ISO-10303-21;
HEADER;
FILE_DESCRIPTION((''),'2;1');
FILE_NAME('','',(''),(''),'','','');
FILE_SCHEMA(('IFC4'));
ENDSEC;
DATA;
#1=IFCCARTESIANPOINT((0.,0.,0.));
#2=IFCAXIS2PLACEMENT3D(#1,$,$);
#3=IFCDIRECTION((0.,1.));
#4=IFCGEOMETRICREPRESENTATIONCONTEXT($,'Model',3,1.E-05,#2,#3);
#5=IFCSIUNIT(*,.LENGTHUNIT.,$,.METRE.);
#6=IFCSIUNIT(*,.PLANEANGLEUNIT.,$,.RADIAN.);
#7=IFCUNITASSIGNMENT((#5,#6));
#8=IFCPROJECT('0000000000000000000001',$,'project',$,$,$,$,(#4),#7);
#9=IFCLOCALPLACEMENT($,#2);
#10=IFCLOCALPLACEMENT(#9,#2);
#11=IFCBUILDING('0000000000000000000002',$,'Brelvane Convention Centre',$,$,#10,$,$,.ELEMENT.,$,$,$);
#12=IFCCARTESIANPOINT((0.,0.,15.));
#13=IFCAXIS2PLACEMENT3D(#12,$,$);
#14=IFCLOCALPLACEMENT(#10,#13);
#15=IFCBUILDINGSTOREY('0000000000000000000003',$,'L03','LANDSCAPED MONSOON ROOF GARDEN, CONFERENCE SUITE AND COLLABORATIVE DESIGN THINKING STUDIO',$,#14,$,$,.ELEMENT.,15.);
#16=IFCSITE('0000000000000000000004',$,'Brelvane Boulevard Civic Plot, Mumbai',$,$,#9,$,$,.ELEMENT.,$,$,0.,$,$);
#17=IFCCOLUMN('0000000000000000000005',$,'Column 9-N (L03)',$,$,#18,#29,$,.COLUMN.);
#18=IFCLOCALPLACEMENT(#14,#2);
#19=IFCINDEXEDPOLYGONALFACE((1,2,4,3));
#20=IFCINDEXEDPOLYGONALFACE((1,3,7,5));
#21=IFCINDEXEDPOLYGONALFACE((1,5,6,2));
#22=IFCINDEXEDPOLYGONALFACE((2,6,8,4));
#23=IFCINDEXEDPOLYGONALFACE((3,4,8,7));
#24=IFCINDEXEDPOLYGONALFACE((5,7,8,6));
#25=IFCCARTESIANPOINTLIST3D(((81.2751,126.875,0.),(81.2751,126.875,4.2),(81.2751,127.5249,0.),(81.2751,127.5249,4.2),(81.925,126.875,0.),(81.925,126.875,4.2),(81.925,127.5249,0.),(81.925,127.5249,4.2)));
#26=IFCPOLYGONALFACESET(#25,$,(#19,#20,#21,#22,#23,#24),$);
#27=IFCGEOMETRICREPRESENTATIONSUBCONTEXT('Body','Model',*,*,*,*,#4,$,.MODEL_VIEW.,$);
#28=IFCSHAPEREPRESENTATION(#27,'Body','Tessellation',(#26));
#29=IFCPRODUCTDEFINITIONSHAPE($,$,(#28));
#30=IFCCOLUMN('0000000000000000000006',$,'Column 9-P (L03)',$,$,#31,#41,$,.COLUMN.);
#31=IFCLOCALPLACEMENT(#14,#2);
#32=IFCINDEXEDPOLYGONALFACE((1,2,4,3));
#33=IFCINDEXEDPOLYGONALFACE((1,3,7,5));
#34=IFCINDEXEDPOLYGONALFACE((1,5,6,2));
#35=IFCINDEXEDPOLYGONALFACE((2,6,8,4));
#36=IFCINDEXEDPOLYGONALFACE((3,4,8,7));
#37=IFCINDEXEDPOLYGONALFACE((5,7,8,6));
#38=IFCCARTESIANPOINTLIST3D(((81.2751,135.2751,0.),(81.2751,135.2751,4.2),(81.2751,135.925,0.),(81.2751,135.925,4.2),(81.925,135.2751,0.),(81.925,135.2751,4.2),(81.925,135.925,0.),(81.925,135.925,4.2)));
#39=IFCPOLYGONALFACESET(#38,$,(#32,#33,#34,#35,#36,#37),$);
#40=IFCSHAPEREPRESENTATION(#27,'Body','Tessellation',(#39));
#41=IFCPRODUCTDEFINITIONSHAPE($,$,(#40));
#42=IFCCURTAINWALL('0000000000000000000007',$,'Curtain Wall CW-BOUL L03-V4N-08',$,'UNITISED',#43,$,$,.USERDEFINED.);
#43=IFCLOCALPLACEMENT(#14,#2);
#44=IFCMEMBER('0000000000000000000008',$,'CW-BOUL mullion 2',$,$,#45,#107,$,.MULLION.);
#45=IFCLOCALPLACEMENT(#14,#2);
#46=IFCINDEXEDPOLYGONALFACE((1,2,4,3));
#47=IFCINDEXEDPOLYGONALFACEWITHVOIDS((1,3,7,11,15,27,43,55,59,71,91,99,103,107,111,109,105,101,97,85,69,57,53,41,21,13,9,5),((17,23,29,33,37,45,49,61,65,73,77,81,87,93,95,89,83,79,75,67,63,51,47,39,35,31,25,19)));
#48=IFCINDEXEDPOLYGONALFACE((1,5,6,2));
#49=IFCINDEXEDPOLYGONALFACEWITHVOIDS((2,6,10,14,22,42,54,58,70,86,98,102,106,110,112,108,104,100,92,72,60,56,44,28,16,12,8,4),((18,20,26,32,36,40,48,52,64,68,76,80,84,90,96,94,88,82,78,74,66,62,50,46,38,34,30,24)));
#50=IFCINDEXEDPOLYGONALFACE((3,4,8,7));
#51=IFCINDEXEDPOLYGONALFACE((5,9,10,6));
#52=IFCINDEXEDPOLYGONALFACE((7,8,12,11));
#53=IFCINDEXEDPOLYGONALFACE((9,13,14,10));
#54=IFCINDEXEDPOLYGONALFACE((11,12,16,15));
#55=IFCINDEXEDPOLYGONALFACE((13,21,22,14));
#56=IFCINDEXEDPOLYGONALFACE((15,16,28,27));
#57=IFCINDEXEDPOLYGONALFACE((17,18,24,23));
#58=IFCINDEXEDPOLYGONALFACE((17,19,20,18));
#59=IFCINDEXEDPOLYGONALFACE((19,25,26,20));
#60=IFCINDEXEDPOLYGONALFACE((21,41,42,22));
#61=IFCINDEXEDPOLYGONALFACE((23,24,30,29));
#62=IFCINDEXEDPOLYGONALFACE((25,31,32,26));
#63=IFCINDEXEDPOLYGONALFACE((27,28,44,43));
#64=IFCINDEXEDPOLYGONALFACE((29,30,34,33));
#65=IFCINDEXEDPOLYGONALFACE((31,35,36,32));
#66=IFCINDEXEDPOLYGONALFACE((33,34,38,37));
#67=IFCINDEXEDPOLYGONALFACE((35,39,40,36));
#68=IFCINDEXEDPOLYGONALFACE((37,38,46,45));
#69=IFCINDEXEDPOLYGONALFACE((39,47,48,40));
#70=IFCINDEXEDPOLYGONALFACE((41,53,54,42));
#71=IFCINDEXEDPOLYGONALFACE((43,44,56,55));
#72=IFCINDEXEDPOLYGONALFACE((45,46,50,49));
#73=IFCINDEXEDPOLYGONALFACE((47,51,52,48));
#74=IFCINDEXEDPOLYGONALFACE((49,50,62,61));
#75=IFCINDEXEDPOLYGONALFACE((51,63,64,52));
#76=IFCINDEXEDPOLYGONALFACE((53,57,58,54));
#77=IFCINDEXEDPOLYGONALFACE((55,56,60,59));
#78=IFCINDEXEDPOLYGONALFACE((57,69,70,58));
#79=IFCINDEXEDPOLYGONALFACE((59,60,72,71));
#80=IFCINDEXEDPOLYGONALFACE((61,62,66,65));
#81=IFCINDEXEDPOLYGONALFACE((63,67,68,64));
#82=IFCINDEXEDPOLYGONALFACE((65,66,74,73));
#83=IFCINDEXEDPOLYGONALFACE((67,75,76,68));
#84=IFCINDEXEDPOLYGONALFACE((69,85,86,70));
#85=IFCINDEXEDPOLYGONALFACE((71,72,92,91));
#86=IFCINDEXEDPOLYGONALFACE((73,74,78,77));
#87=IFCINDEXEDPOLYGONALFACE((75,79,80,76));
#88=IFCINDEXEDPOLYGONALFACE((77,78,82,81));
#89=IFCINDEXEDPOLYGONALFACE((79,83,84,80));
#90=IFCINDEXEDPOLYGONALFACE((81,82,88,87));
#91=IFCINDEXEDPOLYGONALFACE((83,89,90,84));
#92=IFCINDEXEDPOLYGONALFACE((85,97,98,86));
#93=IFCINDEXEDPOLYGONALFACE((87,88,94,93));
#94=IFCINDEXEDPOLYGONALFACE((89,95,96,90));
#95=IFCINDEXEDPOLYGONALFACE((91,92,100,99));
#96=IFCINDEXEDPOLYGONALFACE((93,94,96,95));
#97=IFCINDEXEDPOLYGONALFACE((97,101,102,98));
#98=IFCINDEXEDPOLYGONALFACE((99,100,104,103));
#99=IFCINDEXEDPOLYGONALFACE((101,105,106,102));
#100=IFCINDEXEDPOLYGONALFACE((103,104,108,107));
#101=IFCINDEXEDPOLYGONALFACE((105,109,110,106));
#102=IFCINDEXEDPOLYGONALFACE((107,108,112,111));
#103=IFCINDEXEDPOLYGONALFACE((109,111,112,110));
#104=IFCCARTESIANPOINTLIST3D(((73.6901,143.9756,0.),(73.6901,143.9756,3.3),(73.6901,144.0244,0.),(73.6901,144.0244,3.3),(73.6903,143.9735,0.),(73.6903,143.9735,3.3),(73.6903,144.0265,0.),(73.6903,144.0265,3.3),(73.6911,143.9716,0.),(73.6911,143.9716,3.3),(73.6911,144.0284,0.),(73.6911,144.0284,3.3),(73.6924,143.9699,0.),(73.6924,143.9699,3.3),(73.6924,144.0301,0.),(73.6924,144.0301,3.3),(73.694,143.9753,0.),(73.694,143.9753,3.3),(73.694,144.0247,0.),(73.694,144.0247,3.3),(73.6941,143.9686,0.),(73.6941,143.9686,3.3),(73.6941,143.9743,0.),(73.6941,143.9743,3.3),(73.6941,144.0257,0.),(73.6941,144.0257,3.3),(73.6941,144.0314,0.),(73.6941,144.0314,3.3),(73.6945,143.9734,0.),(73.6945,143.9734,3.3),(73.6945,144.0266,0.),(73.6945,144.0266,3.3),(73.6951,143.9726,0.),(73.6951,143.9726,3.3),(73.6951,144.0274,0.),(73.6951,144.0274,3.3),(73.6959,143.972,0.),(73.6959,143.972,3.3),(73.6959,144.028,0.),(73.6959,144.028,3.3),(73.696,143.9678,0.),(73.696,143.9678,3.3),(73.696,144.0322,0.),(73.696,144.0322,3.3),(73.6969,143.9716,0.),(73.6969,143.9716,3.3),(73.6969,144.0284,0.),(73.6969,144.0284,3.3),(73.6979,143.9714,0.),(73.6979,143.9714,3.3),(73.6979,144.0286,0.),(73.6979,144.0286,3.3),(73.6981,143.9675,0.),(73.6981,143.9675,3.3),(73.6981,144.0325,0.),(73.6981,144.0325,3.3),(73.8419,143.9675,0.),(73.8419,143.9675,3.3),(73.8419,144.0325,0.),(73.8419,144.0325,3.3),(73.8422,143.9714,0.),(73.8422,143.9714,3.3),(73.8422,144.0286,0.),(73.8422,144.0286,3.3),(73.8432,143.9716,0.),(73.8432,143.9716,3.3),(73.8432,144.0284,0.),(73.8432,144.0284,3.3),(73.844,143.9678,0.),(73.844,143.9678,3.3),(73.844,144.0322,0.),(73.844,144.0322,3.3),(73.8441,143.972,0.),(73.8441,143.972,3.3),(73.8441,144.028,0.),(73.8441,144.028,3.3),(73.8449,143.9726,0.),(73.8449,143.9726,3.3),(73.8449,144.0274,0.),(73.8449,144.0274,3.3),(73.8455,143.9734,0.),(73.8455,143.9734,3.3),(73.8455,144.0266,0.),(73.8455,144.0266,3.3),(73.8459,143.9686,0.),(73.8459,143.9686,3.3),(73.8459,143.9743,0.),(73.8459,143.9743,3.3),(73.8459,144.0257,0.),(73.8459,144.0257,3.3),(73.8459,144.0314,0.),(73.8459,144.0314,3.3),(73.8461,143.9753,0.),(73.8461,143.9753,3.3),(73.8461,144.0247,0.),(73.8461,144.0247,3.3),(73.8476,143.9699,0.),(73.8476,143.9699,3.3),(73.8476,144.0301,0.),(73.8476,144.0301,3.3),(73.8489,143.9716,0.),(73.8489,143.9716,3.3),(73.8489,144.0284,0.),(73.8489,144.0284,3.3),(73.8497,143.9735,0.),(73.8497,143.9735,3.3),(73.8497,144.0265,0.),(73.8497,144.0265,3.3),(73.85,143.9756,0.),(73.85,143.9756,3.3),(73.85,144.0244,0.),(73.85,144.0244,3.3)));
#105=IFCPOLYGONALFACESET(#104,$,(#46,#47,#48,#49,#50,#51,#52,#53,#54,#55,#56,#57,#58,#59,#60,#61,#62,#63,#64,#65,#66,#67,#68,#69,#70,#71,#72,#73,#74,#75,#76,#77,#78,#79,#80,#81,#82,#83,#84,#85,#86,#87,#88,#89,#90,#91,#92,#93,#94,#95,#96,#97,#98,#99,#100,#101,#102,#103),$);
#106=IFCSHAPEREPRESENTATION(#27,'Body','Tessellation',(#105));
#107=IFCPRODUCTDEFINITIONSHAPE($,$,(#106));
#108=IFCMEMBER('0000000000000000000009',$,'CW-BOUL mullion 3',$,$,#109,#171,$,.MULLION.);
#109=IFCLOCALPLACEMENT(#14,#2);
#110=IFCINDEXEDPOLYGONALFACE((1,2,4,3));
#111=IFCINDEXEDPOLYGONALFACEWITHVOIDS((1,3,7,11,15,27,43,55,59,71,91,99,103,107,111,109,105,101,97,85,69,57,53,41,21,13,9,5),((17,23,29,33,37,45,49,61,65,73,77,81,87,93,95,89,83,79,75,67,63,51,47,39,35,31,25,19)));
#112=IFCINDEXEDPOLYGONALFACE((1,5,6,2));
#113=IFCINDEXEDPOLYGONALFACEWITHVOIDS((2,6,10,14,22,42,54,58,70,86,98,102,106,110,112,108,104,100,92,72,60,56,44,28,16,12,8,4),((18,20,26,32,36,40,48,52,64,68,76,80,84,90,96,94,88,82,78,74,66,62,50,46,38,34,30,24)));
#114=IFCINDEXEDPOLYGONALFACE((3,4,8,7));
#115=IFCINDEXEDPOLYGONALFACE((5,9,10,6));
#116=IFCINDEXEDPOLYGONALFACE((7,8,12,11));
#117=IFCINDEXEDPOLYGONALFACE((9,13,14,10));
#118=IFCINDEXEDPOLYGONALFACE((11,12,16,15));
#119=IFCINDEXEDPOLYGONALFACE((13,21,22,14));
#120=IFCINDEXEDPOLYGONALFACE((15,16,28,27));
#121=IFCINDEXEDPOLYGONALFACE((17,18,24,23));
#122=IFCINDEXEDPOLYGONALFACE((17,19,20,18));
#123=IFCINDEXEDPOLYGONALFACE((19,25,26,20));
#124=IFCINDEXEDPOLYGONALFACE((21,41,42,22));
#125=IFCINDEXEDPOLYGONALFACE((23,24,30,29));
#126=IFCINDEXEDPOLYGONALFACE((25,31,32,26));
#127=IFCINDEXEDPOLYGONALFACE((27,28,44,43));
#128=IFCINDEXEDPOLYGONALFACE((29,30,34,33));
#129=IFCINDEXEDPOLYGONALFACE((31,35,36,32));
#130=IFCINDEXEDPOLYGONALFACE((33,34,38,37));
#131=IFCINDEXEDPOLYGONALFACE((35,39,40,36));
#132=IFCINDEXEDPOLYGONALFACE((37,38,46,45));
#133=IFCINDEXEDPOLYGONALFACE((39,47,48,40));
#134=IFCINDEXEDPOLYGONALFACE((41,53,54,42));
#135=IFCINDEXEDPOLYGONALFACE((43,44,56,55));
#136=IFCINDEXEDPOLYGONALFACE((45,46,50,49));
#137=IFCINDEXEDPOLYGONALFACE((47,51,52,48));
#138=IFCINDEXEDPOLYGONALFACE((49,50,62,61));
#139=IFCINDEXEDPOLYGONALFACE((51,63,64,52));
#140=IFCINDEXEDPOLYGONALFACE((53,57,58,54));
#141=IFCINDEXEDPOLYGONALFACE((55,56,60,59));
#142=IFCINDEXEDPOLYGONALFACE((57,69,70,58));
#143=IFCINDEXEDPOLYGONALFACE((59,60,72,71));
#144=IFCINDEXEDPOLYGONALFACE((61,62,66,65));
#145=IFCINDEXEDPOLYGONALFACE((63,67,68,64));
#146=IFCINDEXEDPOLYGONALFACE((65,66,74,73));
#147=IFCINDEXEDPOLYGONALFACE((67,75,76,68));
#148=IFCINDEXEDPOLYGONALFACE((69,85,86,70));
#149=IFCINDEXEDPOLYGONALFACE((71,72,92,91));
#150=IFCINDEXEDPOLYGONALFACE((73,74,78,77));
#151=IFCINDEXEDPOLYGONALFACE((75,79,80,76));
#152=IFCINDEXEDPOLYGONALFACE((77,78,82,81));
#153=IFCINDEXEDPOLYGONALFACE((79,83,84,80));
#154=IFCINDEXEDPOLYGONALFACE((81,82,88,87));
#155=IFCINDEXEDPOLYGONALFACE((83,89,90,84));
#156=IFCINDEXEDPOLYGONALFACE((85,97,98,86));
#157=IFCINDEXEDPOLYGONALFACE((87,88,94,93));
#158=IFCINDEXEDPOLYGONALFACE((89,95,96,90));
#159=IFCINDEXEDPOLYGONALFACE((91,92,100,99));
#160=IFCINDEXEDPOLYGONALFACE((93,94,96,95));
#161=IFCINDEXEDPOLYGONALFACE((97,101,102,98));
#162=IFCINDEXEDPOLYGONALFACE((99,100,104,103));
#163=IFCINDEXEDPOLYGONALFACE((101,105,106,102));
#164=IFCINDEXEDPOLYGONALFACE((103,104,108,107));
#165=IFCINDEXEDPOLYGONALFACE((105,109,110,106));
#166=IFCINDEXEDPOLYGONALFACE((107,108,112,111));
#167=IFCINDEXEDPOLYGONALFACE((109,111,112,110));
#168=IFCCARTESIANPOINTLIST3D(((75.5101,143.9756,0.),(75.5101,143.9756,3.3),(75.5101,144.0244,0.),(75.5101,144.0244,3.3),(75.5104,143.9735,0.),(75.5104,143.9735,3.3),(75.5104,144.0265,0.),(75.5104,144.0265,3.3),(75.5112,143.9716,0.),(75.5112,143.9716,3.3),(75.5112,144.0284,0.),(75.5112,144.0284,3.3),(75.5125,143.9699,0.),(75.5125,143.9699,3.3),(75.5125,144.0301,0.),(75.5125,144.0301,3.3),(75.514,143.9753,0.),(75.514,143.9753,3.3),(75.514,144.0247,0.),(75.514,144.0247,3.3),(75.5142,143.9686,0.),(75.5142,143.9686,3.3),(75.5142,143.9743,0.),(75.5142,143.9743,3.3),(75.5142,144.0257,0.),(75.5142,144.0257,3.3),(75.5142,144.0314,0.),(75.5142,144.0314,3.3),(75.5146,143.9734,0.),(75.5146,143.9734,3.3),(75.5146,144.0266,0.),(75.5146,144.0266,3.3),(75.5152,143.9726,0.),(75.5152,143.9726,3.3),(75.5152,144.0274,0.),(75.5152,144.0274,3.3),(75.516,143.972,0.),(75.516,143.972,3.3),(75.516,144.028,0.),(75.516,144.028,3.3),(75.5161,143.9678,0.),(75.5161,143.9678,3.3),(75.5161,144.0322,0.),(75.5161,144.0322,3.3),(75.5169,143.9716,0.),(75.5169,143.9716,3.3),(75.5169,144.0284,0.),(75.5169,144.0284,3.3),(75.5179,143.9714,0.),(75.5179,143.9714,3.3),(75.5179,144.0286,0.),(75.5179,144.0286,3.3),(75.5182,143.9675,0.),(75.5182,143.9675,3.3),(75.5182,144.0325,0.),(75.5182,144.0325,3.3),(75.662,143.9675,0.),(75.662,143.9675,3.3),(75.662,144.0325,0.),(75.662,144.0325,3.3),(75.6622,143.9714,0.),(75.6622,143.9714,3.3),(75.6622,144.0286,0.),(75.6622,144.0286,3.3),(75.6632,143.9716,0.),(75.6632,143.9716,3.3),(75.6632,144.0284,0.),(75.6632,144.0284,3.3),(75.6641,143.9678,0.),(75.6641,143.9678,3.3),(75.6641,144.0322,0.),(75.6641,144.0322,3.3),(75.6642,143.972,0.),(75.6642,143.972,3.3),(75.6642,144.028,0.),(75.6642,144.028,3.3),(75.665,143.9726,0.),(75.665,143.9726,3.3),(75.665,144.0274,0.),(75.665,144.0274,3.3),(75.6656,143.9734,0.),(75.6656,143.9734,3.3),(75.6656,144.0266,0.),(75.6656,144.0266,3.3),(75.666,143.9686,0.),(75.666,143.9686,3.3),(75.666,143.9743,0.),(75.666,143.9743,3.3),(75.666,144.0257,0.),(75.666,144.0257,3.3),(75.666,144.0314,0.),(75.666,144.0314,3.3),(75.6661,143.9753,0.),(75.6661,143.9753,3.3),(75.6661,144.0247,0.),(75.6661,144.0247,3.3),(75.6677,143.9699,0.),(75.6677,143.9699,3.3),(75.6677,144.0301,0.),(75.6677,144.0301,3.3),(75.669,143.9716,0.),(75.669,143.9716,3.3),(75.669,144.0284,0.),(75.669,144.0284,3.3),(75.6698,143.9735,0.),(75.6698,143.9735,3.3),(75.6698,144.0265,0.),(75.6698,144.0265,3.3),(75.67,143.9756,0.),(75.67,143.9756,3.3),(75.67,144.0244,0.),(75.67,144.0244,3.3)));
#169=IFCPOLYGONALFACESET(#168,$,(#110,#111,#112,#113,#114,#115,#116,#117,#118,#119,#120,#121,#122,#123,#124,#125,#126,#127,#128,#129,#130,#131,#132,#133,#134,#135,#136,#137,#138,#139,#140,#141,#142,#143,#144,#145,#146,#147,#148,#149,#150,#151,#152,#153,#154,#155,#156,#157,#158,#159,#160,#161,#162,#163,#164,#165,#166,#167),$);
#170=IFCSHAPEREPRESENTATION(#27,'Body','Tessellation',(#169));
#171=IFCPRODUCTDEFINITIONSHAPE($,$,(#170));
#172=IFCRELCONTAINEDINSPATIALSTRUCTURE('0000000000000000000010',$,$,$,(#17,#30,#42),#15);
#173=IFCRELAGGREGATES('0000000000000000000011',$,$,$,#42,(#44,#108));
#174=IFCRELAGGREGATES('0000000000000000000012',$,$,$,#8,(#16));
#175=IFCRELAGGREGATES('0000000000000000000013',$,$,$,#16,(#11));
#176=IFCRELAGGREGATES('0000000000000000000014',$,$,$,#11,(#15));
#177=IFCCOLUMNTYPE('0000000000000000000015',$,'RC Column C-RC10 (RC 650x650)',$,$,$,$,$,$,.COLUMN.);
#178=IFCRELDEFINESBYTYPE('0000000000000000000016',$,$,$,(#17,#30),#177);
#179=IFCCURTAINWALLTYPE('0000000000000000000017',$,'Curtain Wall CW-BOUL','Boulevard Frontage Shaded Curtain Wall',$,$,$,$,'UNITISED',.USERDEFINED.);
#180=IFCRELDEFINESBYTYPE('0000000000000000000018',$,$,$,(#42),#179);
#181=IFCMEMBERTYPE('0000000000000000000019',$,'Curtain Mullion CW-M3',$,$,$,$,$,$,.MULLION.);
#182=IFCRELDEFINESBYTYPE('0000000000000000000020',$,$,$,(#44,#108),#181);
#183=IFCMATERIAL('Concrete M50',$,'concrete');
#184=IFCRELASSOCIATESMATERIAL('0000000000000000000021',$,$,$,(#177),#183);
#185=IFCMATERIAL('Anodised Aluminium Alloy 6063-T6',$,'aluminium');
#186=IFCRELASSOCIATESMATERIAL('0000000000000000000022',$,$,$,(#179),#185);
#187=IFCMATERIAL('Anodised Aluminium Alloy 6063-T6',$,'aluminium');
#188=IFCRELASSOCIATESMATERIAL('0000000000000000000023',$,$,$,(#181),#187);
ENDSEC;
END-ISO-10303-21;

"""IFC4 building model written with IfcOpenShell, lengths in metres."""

from ifc_helpers import new_model, si_unit, direction, frame, origin, origin_2d, place, context, subcontext, project, spatial, rectangle, hollow_rectangle, extrude, material, material_profile, profile_set, type_object, element, aggregate, save


model = new_model("IFC4")

# Units and contexts
model_context = context("Model", 3, precision=1e-05, world=origin(), true_north=direction((0.0, 1.0)))
body_context = subcontext(model_context, "Body", "Model", "MODEL_VIEW")
ifc_project = project(units=[si_unit("LENGTHUNIT", "METRE"), si_unit("PLANEANGLEUNIT", "RADIAN")], contexts=[model_context])

# Site, building, storey
site_placement = place(None, origin())
site = spatial("IfcSite", under=ifc_project, at=site_placement, Name="Brelvane Boulevard Civic Plot, Mumbai", CompositionType="ELEMENT", RefElevation=0.0)
building_placement = place(site_placement, origin())
building = spatial("IfcBuilding", under=site, at=building_placement, Name="Brelvane Convention Centre", CompositionType="ELEMENT")
storey_placement = place(building_placement, frame((0.0, 0.0, 15.0)))
storey = spatial("IfcBuildingStorey", under=building, at=storey_placement, Name="L03", Description="LANDSCAPED MONSOON ROOF GARDEN, CONFERENCE SUITE AND COLLABORATIVE DESIGN THINKING STUDIO", CompositionType="ELEMENT", Elevation=15.0)

# Columns
ifc_material_1 = material(Name="Concrete M50", Category="concrete")
ifc_material_profile_1 = material_profile(ifc_material_1, rectangle(XDim=0.6499, YDim=0.6499, at=origin_2d()), Name="RC 650x650")
ifc_profile_set_1 = profile_set([ifc_material_profile_1], Name="Concrete M50")
column_type = type_object("IfcColumnType", Name="RC Column C-RC10 (RC 650x650)", PredefinedType="COLUMN", material=ifc_profile_set_1)
for number, where, z_axis, x_axis, name in (
    (1, (81.6001, 127.2, 0.0), (0.0, 0.0, 1.0), (1.0, 0.0, 0.0), "Column 9-N (L03)"),
    (2, (81.6001, 135.6001, 0.0), (0.0, 0.0, 1.0), (1.0, 0.0, 0.0), "Column 9-P (L03)"),
):
    element("IfcColumn", number, at=place(storey_placement, frame(where, z_axis=z_axis, x_axis=x_axis)), inside=storey, type_object=column_type, Name=name, PredefinedType="COLUMN", context=body_context, shape_type="SweptSolid", body=[
        extrude(rectangle(XDim=0.6499, YDim=0.6499, at=origin_2d()), origin(), (0.0, 0.0, 1.0), 4.2),
    ])

# Curtain wall, members
ifc_material_2 = material(Name="Anodised Aluminium Alloy 6063-T6", Category="aluminium")
curtain_wall_type = type_object("IfcCurtainWallType", Name="Curtain Wall CW-BOUL", Description="Boulevard Frontage Shaded Curtain Wall", ElementType="UNITISED", PredefinedType="USERDEFINED", material=ifc_material_2)
curtain_wall_placement = place(storey_placement, origin())
curtain_wall = element("IfcCurtainWall", 3, at=curtain_wall_placement, inside=storey, type_object=curtain_wall_type, Name="Curtain Wall CW-BOUL L03-V4N-08", ObjectType="UNITISED", PredefinedType="USERDEFINED")
ifc_material_3 = material(Name="Anodised Aluminium Alloy 6063-T6", Category="aluminium")
ifc_material_profile_2 = material_profile(ifc_material_3, hollow_rectangle(XDim=0.0649, YDim=0.1599, WallThickness=0.0039, InnerFilletRadius=0.0039, OuterFilletRadius=0.0081, at=origin_2d()), Name="ALU-M 160x65x4.0")
ifc_profile_set_2 = profile_set([ifc_material_profile_2], Name="Anodised Aluminium Alloy 6063-T6")
member_type_1 = type_object("IfcMemberType", Name="Curtain Mullion CW-M3", PredefinedType="MULLION", material=ifc_profile_set_2)
member_1_placement = place(storey_placement, frame((73.77, 144.0, 0.0), z_axis=(0.0, 0.0, 1.0), x_axis=(0.0, 1.0, 0.0)))
member_1 = element("IfcMember", 4, at=member_1_placement, type_object=member_type_1, Name="CW-BOUL mullion 2", PredefinedType="MULLION", context=body_context, shape_type="SweptSolid", body=[
    extrude(hollow_rectangle(XDim=0.0649, YDim=0.1599, WallThickness=0.0039, InnerFilletRadius=0.0039, OuterFilletRadius=0.0081, at=origin_2d()), origin(), (0.0, 0.0, 1.0), 3.3),
])
member_2_placement = place(storey_placement, frame((75.5901, 144.0, 0.0), z_axis=(0.0, 0.0, 1.0), x_axis=(0.0, 1.0, 0.0)))
member_2 = element("IfcMember", 5, at=member_2_placement, type_object=member_type_1, Name="CW-BOUL mullion 3", PredefinedType="MULLION", context=body_context, shape_type="SweptSolid", body=[
    extrude(hollow_rectangle(XDim=0.0649, YDim=0.1599, WallThickness=0.0039, InnerFilletRadius=0.0039, OuterFilletRadius=0.0081, at=origin_2d()), origin(), (0.0, 0.0, 1.0), 3.3),
])

aggregate(curtain_wall, [member_1, member_2])

save(model, "model.ifc")
